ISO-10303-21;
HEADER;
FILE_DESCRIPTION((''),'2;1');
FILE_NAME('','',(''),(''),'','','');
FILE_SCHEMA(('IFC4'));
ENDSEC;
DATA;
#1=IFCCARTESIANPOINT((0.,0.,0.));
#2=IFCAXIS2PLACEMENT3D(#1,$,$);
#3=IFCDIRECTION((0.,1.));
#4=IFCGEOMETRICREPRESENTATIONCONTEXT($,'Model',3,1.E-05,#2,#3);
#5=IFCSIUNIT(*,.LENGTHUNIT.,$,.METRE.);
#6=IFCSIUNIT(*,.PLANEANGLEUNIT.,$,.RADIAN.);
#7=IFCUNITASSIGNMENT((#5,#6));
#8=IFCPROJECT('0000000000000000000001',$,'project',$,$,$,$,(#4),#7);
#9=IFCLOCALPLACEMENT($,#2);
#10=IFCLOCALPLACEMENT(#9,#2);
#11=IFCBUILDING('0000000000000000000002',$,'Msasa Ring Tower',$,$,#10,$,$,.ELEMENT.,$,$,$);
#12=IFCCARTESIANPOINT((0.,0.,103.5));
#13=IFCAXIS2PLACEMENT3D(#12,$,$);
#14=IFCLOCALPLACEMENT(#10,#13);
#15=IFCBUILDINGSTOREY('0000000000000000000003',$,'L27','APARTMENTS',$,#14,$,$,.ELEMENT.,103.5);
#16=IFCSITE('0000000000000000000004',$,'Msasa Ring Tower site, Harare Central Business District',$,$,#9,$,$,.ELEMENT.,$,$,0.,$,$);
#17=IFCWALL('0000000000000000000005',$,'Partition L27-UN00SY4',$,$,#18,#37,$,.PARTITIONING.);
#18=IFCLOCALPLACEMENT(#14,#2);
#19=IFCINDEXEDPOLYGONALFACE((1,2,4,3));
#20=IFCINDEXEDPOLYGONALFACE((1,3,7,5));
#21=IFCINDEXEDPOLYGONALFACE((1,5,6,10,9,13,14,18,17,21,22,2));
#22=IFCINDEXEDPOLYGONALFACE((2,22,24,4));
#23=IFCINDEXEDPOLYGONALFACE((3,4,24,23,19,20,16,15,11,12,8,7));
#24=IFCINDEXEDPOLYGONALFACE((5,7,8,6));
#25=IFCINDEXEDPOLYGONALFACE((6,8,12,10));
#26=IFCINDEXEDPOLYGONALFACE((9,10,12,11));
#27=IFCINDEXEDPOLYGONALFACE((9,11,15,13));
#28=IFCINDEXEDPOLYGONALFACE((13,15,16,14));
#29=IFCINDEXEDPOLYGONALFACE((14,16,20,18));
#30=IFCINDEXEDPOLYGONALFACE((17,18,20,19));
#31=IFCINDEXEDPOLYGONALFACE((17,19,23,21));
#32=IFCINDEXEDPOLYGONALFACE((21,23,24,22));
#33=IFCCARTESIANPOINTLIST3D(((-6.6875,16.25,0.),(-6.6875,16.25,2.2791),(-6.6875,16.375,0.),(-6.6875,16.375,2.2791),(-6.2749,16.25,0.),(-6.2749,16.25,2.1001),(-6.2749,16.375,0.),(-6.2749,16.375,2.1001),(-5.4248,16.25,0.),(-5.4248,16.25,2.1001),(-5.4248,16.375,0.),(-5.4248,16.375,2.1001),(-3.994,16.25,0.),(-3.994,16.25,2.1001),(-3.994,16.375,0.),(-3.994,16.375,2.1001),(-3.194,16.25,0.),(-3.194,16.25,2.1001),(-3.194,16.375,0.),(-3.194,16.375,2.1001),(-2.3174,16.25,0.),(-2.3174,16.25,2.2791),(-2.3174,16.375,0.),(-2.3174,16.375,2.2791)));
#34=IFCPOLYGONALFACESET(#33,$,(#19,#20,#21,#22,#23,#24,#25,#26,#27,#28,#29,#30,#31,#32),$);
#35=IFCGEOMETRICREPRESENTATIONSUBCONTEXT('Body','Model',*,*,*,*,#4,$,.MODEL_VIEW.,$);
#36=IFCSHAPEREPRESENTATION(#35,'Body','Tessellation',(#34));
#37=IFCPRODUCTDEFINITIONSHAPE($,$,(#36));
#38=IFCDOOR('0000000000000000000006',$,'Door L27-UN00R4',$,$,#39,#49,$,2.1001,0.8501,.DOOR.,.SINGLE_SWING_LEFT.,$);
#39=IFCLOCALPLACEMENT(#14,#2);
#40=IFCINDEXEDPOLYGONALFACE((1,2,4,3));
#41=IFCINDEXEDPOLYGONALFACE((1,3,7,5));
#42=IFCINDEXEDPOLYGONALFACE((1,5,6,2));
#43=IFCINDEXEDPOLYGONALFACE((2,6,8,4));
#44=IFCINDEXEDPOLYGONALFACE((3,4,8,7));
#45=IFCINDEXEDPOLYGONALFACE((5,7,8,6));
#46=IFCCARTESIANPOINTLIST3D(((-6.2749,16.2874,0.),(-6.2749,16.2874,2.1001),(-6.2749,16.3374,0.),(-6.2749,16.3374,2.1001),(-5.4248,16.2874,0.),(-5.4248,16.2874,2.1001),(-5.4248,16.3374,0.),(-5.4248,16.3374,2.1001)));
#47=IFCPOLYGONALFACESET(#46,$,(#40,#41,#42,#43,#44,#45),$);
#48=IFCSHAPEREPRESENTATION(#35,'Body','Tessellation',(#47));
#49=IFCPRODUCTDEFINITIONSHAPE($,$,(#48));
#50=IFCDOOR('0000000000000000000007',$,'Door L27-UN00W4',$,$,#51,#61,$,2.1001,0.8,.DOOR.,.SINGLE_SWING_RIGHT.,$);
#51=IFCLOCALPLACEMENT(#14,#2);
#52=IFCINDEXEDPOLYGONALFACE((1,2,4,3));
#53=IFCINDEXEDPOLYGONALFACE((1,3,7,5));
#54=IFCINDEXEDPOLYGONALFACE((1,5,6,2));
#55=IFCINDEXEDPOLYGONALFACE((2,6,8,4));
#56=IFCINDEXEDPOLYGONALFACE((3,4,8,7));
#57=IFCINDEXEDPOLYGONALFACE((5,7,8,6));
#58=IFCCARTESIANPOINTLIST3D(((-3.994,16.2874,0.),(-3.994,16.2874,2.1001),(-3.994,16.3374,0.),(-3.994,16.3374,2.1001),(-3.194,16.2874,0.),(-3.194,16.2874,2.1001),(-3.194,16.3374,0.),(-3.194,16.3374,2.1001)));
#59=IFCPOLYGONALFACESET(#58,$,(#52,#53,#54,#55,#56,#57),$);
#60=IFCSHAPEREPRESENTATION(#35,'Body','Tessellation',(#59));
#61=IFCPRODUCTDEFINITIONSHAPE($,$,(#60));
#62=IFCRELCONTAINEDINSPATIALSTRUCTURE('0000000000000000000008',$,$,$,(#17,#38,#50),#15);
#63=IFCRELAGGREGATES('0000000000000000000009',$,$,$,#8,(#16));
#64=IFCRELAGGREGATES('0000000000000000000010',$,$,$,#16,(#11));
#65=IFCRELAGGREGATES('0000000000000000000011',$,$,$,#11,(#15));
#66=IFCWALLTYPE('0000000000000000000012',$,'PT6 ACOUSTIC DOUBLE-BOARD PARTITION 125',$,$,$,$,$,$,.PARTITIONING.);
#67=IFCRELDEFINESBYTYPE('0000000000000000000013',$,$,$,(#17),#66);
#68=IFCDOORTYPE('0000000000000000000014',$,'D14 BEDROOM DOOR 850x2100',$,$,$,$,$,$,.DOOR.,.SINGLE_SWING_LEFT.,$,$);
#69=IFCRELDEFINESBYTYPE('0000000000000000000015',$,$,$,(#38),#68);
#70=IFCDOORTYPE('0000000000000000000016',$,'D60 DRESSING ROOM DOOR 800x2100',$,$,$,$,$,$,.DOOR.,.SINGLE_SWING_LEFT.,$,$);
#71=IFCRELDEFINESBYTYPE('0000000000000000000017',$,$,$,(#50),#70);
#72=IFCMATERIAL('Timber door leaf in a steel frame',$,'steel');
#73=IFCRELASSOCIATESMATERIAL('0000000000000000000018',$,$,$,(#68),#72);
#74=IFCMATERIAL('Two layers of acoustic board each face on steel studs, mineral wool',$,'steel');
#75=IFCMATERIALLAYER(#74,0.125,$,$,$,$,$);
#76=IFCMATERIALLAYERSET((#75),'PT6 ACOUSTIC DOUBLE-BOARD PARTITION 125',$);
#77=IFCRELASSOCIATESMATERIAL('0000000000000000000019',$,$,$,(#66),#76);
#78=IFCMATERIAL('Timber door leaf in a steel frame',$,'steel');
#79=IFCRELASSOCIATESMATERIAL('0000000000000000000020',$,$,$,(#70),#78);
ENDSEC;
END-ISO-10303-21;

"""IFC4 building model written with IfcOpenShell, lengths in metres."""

from ifc_helpers import new_model, si_unit, direction, frame, frame_2d, origin, place, context, subcontext, project, spatial, rectangle, extrude, material, layer, layer_set, type_object, element, fill, save


model = new_model("IFC4")

# Units and contexts
model_context = context("Model", 3, precision=1e-05, world=origin(), true_north=direction((0.0, 1.0)))
body_context = subcontext(model_context, "Body", "Model", "MODEL_VIEW")
ifc_project = project(units=[si_unit("LENGTHUNIT", "METRE"), si_unit("PLANEANGLEUNIT", "RADIAN")], contexts=[model_context])

# Site, building, storey
site_placement = place(None, origin())
site = spatial("IfcSite", under=ifc_project, at=site_placement, Name="Msasa Ring Tower site, Harare Central Business District", CompositionType="ELEMENT", RefElevation=0.0)
building_placement = place(site_placement, origin())
building = spatial("IfcBuilding", under=site, at=building_placement, Name="Msasa Ring Tower", CompositionType="ELEMENT")
storey_placement = place(building_placement, frame((0.0, 0.0, 103.5)))
storey = spatial("IfcBuildingStorey", under=building, at=storey_placement, Name="L27", Description="APARTMENTS", CompositionType="ELEMENT", Elevation=103.5)

# Shared definitions
ifc_material_1 = material(Name="Timber door leaf in a steel frame", Category="steel")
door_type_1 = type_object("IfcDoorType", Name="D14 BEDROOM DOOR 850x2100", OperationType="SINGLE_SWING_LEFT", PredefinedType="DOOR", material=ifc_material_1)

# Shared definitions
ifc_material_2 = material(Name="Two layers of acoustic board each face on steel studs, mineral wool", Category="steel")
ifc_layer_1 = layer(ifc_material_2, 0.125)
ifc_layer_set_1 = layer_set([ifc_layer_1], Name="PT6 ACOUSTIC DOUBLE-BOARD PARTITION 125")
wall_type_1 = type_object("IfcWallType", Name="PT6 ACOUSTIC DOUBLE-BOARD PARTITION 125", PredefinedType="PARTITIONING", material=ifc_layer_set_1)

# Wall, openings, doors
wall_1_placement = place(storey_placement, frame((-6.6875, 16.3125, 0.0), z_axis=(0.0, 0.0, 1.0), x_axis=(1.0, 0.0, 0.0)))
wall_1 = element("IfcWall", 1, at=wall_1_placement, inside=storey, type_object=wall_type_1, Name="Partition L27-UN00SY4", PredefinedType="PARTITIONING", context=body_context, shape_type="SweptSolid", body=[
    extrude(rectangle(XDim=4.3701, YDim=0.125, at=frame_2d((2.1851, 0.0))), origin(), (0.0, 0.0, 1.0), 2.2791),
])
opening_1_placement = place(wall_1_placement, frame((0.4126, 0.0, 0.0)))
opening_1 = element("IfcOpeningElement", 2, at=opening_1_placement, cuts=wall_1, PredefinedType="OPENING", context=body_context, shape_type="SweptSolid", body=[
    extrude(rectangle(XDim=0.8501, YDim=2.1001, at=frame_2d((0.425, 1.05))), frame((0.0, 0.0725, 0.0), z_axis=(0.0, -1.0, 0.0), x_axis=(1.0, 0.0, 0.0)), (0.0, 0.0, 1.0), 0.145),
])
opening_2_placement = place(wall_1_placement, frame((2.6936, 0.0, 0.0)))
opening_2 = element("IfcOpeningElement", 3, at=opening_2_placement, cuts=wall_1, PredefinedType="OPENING", context=body_context, shape_type="SweptSolid", body=[
    extrude(rectangle(XDim=0.8, YDim=2.1001, at=frame_2d((0.3999, 1.05))), frame((0.0, 0.0725, 0.0), z_axis=(0.0, -1.0, 0.0), x_axis=(1.0, 0.0, 0.0)), (0.0, 0.0, 1.0), 0.145),
])
door_1_placement = place(opening_1_placement, origin())
door_1 = element("IfcDoor", 4, at=door_1_placement, inside=storey, type_object=door_type_1, Name="Door L27-UN00R4", OperationType="SINGLE_SWING_LEFT", OverallHeight=2.1001, OverallWidth=0.8501, PredefinedType="DOOR", context=body_context, shape_type="SweptSolid", body=[
    extrude(rectangle(XDim=0.8501, YDim=2.1001, at=frame_2d((0.425, 1.05))), frame((0.0, 0.0249, 0.0), z_axis=(0.0, -1.0, 0.0), x_axis=(1.0, 0.0, 0.0)), (0.0, 0.0, 1.0), 0.05),
])
fill(opening_1, door_1)
ifc_material_3 = material(Name="Timber door leaf in a steel frame", Category="steel")
door_type_2 = type_object("IfcDoorType", Name="D60 DRESSING ROOM DOOR 800x2100", OperationType="SINGLE_SWING_LEFT", PredefinedType="DOOR", material=ifc_material_3)
door_2_placement = place(opening_2_placement, origin())
door_2 = element("IfcDoor", 5, at=door_2_placement, inside=storey, type_object=door_type_2, Name="Door L27-UN00W4", OperationType="SINGLE_SWING_RIGHT", OverallHeight=2.1001, OverallWidth=0.8, PredefinedType="DOOR", context=body_context, shape_type="SweptSolid", body=[
    extrude(rectangle(XDim=0.8, YDim=2.1001, at=frame_2d((0.3999, 1.05))), frame((0.0, 0.0249, 0.0), z_axis=(0.0, -1.0, 0.0), x_axis=(1.0, 0.0, 0.0)), (0.0, 0.0, 1.0), 0.05),
])
fill(opening_2, door_2)

save(model, "model.ifc")
